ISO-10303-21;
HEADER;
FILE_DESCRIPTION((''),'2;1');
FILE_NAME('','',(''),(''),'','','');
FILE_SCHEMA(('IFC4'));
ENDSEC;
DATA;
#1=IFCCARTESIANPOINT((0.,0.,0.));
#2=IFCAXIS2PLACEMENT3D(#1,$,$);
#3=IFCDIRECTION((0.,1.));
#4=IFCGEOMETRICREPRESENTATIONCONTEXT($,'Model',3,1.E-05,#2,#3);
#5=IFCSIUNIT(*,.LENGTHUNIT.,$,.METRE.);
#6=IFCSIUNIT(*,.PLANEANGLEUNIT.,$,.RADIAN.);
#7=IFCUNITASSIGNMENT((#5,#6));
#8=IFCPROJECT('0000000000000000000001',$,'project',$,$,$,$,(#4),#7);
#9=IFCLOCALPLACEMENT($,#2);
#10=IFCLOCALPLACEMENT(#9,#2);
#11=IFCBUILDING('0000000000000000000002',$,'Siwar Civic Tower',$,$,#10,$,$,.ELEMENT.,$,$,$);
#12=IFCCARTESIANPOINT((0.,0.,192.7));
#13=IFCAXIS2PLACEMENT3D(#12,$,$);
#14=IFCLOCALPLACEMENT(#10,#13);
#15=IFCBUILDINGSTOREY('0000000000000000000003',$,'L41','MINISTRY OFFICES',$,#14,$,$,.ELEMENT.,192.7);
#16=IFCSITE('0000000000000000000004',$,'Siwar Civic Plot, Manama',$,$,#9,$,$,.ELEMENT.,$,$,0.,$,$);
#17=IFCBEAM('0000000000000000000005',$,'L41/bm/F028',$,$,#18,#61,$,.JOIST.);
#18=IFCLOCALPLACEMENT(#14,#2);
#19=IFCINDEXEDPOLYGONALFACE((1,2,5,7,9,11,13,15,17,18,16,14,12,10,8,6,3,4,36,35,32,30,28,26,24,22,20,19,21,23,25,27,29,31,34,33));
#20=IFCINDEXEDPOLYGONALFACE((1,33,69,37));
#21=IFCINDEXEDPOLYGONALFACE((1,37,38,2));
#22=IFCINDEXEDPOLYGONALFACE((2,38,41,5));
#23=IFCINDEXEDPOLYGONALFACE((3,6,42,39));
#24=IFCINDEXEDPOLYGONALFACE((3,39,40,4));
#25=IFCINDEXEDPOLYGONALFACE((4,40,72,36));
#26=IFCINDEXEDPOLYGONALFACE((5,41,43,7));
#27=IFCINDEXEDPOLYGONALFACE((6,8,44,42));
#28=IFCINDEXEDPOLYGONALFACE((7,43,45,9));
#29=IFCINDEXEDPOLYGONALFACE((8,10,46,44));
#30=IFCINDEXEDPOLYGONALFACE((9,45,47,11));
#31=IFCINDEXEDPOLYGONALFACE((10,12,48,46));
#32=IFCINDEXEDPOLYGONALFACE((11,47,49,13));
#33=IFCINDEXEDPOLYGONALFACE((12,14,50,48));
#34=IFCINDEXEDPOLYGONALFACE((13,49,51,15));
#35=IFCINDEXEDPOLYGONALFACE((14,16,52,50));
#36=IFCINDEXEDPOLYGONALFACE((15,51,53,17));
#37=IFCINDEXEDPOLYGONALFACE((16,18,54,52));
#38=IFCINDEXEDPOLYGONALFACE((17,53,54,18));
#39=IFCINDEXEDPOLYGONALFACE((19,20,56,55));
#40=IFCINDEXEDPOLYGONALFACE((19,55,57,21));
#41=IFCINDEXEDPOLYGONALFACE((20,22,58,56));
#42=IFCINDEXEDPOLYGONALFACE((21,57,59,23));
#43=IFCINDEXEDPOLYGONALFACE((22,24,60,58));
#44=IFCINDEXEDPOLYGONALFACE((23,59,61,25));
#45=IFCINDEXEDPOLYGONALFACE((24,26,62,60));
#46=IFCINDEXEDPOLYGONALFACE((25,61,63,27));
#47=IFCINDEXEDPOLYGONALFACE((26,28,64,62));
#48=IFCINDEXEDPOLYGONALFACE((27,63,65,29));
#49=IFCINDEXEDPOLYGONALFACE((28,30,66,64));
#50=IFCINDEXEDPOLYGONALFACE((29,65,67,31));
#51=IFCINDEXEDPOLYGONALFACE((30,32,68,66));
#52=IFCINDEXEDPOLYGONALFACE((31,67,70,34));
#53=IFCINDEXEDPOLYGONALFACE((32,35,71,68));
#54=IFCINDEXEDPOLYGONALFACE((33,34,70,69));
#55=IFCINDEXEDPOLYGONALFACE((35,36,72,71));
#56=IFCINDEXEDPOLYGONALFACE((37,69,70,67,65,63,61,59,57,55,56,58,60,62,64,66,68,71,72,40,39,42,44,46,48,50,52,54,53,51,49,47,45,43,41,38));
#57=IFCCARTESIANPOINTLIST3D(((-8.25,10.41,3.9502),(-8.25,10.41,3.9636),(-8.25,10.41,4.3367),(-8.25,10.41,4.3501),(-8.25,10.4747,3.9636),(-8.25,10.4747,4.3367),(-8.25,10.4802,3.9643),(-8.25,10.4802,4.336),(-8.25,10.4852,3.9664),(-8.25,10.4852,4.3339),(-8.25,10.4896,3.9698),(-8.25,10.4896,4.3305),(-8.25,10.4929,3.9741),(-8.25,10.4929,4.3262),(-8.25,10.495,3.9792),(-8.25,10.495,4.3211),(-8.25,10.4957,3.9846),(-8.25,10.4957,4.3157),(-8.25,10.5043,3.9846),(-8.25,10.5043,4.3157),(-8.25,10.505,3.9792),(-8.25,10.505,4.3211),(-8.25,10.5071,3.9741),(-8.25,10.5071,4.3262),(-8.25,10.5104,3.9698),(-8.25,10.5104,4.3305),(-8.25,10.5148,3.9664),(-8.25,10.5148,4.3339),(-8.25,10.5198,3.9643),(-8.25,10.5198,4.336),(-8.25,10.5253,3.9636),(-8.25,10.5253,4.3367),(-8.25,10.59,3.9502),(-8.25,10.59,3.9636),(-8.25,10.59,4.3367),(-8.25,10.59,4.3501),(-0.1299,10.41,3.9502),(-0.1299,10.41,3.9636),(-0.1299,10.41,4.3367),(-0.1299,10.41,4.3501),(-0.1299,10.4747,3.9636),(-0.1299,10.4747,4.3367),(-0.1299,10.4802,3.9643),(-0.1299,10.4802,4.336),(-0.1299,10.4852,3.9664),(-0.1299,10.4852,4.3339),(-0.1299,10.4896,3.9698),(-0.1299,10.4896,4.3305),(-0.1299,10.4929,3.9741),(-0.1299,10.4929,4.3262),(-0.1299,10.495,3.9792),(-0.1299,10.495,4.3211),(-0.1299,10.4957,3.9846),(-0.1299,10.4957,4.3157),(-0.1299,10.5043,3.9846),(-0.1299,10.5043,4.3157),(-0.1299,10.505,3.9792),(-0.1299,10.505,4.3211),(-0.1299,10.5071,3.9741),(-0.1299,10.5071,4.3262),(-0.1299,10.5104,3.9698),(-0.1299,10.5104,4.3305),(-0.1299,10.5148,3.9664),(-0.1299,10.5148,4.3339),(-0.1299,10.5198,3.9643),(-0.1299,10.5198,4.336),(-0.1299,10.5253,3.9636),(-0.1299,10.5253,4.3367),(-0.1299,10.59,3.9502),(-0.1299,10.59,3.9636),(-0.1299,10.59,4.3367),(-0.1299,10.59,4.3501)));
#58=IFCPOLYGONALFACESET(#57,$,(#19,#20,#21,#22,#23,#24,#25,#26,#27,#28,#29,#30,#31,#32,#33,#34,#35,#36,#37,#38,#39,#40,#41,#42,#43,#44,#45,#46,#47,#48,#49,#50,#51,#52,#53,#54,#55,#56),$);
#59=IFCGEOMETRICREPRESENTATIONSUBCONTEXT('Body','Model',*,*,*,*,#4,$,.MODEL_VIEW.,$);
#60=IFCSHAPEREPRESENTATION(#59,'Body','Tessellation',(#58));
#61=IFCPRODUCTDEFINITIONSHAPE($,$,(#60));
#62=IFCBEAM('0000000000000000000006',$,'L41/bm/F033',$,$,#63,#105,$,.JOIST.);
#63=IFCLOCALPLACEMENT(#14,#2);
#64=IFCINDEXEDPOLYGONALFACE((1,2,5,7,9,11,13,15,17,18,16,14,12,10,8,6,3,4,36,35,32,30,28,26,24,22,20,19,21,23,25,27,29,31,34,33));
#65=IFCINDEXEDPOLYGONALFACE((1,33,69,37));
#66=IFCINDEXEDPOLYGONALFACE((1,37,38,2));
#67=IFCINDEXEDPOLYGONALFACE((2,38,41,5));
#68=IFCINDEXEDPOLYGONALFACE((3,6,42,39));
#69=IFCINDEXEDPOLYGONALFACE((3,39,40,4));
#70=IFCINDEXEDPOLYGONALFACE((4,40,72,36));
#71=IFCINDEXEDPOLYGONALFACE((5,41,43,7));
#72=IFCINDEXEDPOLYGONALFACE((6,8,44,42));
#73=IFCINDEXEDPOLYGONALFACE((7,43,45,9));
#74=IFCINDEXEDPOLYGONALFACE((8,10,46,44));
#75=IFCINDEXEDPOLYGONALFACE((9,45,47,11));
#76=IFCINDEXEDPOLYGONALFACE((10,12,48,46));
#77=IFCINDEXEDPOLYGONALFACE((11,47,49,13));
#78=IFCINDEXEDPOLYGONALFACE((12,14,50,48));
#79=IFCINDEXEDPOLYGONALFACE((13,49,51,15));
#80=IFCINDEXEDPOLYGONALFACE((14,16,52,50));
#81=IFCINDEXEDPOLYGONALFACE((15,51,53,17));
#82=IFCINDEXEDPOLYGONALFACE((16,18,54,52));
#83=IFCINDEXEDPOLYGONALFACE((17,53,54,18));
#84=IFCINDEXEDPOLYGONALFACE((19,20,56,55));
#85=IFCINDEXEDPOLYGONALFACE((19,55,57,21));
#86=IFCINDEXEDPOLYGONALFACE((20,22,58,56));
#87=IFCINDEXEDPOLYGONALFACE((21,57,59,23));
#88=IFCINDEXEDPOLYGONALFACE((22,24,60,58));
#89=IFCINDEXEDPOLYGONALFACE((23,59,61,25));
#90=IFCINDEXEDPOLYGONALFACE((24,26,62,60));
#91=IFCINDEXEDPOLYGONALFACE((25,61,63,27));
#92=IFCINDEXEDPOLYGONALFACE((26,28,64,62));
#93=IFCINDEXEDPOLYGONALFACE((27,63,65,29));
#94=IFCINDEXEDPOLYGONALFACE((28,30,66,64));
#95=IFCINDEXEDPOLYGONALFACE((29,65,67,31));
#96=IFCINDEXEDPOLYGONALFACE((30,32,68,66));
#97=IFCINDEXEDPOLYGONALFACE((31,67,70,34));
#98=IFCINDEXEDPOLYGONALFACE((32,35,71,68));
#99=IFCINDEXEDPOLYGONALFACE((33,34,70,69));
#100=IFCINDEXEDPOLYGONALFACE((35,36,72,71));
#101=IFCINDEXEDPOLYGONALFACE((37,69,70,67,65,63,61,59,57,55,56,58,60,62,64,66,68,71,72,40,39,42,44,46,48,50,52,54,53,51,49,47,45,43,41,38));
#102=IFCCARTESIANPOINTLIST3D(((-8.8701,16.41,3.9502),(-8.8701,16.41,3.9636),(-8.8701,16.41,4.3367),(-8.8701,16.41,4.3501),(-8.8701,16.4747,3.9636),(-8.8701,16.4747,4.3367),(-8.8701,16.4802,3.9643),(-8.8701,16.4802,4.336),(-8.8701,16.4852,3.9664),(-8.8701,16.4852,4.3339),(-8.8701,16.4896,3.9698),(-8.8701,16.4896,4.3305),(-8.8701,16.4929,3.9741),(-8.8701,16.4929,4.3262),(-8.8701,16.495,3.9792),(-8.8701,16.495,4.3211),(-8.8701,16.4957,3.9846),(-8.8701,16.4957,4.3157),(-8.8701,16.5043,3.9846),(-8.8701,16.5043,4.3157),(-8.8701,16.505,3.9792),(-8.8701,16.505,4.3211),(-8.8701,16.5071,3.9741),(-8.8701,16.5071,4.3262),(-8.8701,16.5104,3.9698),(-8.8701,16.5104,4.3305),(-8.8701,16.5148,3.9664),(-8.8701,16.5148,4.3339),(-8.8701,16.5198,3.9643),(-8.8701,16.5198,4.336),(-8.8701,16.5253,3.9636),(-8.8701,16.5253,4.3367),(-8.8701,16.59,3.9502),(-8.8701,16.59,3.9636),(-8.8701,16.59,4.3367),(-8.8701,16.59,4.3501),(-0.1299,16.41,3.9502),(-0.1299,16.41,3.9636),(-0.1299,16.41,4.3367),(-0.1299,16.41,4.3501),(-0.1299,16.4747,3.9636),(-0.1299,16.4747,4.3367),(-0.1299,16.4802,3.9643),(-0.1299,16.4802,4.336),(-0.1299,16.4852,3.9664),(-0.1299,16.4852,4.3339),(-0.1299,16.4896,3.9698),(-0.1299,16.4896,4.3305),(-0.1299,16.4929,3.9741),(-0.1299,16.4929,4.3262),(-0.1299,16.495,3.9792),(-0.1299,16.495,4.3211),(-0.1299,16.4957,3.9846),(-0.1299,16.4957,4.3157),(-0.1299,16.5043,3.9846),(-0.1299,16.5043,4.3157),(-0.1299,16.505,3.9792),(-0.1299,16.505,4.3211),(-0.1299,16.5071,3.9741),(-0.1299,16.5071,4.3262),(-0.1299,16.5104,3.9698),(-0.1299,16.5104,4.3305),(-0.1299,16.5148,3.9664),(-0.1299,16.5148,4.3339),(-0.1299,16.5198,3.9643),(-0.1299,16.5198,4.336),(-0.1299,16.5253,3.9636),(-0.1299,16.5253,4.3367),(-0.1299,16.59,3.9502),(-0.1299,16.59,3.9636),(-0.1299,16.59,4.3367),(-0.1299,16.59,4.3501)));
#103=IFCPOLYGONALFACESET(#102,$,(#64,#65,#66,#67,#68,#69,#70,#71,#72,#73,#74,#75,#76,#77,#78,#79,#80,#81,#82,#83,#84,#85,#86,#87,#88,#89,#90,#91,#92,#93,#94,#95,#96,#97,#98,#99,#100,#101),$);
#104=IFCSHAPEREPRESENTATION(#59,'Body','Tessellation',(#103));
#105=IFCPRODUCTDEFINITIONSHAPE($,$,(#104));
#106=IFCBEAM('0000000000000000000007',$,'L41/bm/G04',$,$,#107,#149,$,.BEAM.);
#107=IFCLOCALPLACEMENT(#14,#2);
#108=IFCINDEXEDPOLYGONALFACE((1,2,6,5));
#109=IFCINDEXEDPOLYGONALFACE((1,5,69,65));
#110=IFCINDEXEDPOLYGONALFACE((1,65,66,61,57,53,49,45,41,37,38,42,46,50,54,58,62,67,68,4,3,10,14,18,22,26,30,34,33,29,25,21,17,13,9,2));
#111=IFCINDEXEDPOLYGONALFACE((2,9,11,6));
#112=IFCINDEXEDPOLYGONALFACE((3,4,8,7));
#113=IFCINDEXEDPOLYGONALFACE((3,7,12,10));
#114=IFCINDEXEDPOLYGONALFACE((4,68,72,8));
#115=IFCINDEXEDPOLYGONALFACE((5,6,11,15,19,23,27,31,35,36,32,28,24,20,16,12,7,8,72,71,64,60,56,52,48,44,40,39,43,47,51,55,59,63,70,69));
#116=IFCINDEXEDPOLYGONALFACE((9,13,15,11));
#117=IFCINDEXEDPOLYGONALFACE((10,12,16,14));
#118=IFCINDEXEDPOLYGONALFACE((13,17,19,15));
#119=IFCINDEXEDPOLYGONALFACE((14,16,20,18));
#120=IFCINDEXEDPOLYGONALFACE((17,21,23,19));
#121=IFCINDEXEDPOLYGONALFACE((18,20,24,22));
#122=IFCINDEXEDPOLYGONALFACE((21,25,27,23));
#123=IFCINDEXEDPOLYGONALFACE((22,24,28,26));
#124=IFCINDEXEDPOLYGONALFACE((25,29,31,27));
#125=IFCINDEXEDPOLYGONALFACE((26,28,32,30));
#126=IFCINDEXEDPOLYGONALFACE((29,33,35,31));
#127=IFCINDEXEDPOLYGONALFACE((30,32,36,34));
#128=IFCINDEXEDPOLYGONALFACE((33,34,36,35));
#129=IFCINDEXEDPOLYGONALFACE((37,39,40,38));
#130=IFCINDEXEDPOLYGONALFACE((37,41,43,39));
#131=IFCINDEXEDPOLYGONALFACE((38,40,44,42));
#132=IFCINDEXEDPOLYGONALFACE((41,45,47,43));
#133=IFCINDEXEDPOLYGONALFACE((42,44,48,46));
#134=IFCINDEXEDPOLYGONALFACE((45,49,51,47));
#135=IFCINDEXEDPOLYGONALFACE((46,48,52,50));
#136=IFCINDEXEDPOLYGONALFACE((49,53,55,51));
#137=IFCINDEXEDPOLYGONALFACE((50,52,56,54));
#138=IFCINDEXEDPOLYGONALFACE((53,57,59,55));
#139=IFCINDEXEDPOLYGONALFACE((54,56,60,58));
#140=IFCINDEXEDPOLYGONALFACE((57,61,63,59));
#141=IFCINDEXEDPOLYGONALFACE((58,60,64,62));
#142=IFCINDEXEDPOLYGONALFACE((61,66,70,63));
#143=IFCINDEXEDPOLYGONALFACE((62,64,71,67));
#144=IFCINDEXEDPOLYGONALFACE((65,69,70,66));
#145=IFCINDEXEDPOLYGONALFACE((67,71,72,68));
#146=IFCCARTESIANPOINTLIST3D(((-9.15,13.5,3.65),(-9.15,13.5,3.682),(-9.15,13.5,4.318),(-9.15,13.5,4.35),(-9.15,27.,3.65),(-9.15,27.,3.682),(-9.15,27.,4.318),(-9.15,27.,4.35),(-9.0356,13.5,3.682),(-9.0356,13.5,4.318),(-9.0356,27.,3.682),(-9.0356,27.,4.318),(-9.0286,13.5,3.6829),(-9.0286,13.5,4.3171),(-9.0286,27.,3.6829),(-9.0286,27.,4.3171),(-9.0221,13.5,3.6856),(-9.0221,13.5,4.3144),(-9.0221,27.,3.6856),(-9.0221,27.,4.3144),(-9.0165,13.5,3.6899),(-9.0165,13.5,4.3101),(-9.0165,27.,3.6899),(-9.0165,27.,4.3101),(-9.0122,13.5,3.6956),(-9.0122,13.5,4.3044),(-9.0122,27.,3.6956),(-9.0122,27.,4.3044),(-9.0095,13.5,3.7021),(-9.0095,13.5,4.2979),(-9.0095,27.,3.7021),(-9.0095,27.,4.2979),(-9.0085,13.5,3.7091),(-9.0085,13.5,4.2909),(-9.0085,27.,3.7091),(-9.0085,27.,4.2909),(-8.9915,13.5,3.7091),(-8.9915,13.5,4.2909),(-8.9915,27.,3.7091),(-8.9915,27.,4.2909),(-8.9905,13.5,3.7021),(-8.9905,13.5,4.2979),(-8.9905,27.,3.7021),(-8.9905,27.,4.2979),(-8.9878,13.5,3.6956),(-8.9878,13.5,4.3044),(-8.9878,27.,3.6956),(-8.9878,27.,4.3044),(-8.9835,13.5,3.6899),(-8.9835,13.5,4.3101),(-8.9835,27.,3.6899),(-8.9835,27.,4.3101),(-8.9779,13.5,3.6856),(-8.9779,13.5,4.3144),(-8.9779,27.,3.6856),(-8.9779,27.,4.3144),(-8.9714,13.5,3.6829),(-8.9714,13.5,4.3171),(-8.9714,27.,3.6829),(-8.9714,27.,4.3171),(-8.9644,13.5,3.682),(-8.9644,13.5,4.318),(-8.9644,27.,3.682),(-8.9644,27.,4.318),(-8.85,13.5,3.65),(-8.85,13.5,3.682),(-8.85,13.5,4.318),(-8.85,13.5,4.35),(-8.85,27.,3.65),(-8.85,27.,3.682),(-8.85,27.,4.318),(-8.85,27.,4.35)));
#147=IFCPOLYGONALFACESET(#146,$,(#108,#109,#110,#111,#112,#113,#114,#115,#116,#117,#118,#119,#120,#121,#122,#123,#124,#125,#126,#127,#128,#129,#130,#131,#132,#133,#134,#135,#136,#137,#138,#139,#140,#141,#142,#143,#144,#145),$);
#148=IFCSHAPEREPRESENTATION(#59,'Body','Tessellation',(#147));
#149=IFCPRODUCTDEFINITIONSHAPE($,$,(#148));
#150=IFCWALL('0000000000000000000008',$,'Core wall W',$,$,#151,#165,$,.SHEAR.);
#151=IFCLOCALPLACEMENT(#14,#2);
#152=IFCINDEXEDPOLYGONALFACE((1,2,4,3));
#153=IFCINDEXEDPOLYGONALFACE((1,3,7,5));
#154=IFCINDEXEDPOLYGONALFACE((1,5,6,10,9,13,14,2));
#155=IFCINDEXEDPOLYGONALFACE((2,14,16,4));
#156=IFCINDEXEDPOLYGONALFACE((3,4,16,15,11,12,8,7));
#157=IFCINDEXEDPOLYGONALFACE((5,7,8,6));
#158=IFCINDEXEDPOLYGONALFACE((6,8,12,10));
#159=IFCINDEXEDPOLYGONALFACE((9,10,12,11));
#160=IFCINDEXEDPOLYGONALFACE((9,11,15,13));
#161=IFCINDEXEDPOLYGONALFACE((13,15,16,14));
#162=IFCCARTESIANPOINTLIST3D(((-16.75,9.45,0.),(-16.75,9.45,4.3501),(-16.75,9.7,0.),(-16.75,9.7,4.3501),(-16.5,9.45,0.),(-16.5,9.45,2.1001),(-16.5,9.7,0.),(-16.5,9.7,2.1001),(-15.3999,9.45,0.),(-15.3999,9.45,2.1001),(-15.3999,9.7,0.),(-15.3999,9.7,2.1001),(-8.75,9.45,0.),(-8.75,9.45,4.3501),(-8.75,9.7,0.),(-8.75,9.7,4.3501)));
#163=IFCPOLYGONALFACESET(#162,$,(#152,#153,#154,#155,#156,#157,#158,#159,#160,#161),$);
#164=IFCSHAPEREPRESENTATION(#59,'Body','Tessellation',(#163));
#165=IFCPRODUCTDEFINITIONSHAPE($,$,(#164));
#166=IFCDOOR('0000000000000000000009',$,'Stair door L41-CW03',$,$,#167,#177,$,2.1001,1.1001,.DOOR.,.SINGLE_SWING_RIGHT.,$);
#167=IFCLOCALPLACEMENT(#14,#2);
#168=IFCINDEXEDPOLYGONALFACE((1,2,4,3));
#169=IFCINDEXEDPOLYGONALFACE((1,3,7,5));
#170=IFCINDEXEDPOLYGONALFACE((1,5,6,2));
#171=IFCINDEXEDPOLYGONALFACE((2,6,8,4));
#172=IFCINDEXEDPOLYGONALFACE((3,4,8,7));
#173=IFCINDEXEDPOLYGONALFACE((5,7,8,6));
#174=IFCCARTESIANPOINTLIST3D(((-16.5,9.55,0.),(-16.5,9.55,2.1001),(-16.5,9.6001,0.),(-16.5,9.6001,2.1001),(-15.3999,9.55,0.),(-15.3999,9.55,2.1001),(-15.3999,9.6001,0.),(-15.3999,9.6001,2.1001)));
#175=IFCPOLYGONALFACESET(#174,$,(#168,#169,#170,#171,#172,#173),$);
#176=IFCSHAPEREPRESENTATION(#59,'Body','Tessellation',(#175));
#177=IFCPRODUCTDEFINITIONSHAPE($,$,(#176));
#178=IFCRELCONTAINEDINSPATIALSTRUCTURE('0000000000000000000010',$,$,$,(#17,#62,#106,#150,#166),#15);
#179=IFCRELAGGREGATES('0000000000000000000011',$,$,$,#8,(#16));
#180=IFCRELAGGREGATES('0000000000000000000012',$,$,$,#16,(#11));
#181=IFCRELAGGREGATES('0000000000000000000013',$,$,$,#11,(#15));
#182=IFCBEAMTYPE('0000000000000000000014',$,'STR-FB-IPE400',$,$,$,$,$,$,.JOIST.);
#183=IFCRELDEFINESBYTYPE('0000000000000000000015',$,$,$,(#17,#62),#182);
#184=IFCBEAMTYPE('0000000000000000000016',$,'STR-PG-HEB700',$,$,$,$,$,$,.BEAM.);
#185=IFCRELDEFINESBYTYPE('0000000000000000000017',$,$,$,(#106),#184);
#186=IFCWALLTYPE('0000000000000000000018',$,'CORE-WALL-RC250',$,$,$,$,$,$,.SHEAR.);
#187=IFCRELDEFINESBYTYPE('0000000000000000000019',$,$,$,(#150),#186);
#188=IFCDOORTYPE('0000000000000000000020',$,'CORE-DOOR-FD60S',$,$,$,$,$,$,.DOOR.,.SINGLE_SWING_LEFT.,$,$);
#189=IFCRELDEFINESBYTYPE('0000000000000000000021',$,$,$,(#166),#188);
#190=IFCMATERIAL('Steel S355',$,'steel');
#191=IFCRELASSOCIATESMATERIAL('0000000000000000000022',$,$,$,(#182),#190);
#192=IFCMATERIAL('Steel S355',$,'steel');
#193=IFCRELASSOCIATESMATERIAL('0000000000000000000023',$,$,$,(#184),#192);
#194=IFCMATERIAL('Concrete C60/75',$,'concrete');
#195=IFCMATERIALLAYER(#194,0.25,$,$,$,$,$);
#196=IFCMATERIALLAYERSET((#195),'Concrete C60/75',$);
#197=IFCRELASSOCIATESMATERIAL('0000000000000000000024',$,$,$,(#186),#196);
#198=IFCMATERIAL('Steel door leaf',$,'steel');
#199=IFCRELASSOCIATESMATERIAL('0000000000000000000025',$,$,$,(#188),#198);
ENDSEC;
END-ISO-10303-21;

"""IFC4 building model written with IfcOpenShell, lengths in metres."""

from ifc_helpers import new_model, si_unit, direction, frame, frame_2d, origin, origin_2d, place, context, subcontext, project, spatial, rectangle, i_section, extrude, material, layer, layer_set, material_profile, profile_set, type_object, element, fill, save


model = new_model("IFC4")

# Units and contexts
model_context = context("Model", 3, precision=1e-05, world=origin(), true_north=direction((0.0, 1.0)))
body_context = subcontext(model_context, "Body", "Model", "MODEL_VIEW")
ifc_project = project(units=[si_unit("LENGTHUNIT", "METRE"), si_unit("PLANEANGLEUNIT", "RADIAN")], contexts=[model_context])

# Site, building, storey
site_placement = place(None, origin())
site = spatial("IfcSite", under=ifc_project, at=site_placement, Name="Siwar Civic Plot, Manama", CompositionType="ELEMENT", RefElevation=0.0)
building_placement = place(site_placement, origin())
building = spatial("IfcBuilding", under=site, at=building_placement, Name="Siwar Civic Tower", CompositionType="ELEMENT")
storey_placement = place(building_placement, frame((0.0, 0.0, 192.7)))
storey = spatial("IfcBuildingStorey", under=building, at=storey_placement, Name="L41", Description="MINISTRY OFFICES", CompositionType="ELEMENT", Elevation=192.7)

# Beams
ifc_material_1 = material(Name="Steel S355", Category="steel")
ifc_material_profile_1 = material_profile(ifc_material_1, i_section(OverallWidth=0.1799, OverallDepth=0.3999, WebThickness=0.0085, FlangeThickness=0.0134, FilletRadius=0.021, at=origin_2d()), Name="IPE400")
ifc_profile_set_1 = profile_set([ifc_material_profile_1], Name="Steel S355")
beam_type_1 = type_object("IfcBeamType", Name="STR-FB-IPE400", PredefinedType="JOIST", material=ifc_profile_set_1)
beam_1_placement = place(storey_placement, frame((-8.25, 10.5, 4.1501), z_axis=(1.0, 0.0, 0.0), x_axis=(0.0, 1.0, 0.0)))
element("IfcBeam", 1, at=beam_1_placement, inside=storey, type_object=beam_type_1, Name="L41/bm/F028", PredefinedType="JOIST", context=body_context, shape_type="SweptSolid", body=[
    extrude(i_section(OverallWidth=0.1799, OverallDepth=0.3999, WebThickness=0.0085, FlangeThickness=0.0134, FilletRadius=0.021, at=origin_2d()), origin(), (0.0, 0.0, 1.0), 8.1201),
])
beam_2_placement = place(storey_placement, frame((-8.8701, 16.5, 4.1501), z_axis=(1.0, 0.0, 0.0), x_axis=(0.0, 1.0, 0.0)))
element("IfcBeam", 2, at=beam_2_placement, inside=storey, type_object=beam_type_1, Name="L41/bm/F033", PredefinedType="JOIST", context=body_context, shape_type="SweptSolid", body=[
    extrude(i_section(OverallWidth=0.1799, OverallDepth=0.3999, WebThickness=0.0085, FlangeThickness=0.0134, FilletRadius=0.021, at=origin_2d()), origin(), (0.0, 0.0, 1.0), 8.7402),
])
ifc_material_2 = material(Name="Steel S355", Category="steel")
ifc_material_profile_2 = material_profile(ifc_material_2, i_section(OverallWidth=0.3, OverallDepth=0.7, WebThickness=0.0171, FlangeThickness=0.032, FilletRadius=0.0271, at=origin_2d()), Name="HEB700")
ifc_profile_set_2 = profile_set([ifc_material_profile_2], Name="Steel S355")
beam_type_2 = type_object("IfcBeamType", Name="STR-PG-HEB700", PredefinedType="BEAM", material=ifc_profile_set_2)
beam_3_placement = place(storey_placement, frame((-9.0, 13.5, 4.0), z_axis=(0.0, 1.0, 0.0), x_axis=(-1.0, 0.0, 0.0)))
element("IfcBeam", 3, at=beam_3_placement, inside=storey, type_object=beam_type_2, Name="L41/bm/G04", PredefinedType="BEAM", context=body_context, shape_type="SweptSolid", body=[
    extrude(i_section(OverallWidth=0.3, OverallDepth=0.7, WebThickness=0.0171, FlangeThickness=0.032, FilletRadius=0.0271, at=origin_2d()), origin(), (0.0, 0.0, 1.0), 13.5),
])

# Wall, opening, door
ifc_material_3 = material(Name="Concrete C60/75", Category="concrete")
ifc_layer_1 = layer(ifc_material_3, 0.25)
ifc_layer_set_1 = layer_set([ifc_layer_1], Name="Concrete C60/75")
wall_type_1 = type_object("IfcWallType", Name="CORE-WALL-RC250", PredefinedType="SHEAR", material=ifc_layer_set_1)
wall_1_placement = place(storey_placement, frame((-8.75, 9.575, 0.0), z_axis=(0.0, 0.0, 1.0), x_axis=(-1.0, 0.0, 0.0)))
wall_1 = element("IfcWall", 4, at=wall_1_placement, inside=storey, type_object=wall_type_1, Name="Core wall W", PredefinedType="SHEAR", context=body_context, shape_type="SweptSolid", body=[
    extrude(rectangle(XDim=8.0, YDim=0.25, at=frame_2d((4.0, 0.0))), origin(), (0.0, 0.0, 1.0), 4.3501),
])
opening_1_placement = place(wall_1_placement, frame((6.6499, 0.0, 0.0)))
opening_1 = element("IfcOpeningElement", 5, at=opening_1_placement, cuts=wall_1, PredefinedType="OPENING", context=body_context, shape_type="SweptSolid", body=[
    extrude(rectangle(XDim=1.1001, YDim=2.1001, at=frame_2d((0.55, 1.05))), frame((0.0, 0.135, 0.0), z_axis=(0.0, -1.0, 0.0), x_axis=(1.0, 0.0, 0.0)), (0.0, 0.0, 1.0), 0.27),
])
ifc_material_4 = material(Name="Steel door leaf", Category="steel")
door_type_1 = type_object("IfcDoorType", Name="CORE-DOOR-FD60S", OperationType="SINGLE_SWING_LEFT", PredefinedType="DOOR", material=ifc_material_4)
door_1_placement = place(opening_1_placement, origin())
door_1 = element("IfcDoor", 6, at=door_1_placement, inside=storey, type_object=door_type_1, Name="Stair door L41-CW03", OperationType="SINGLE_SWING_RIGHT", OverallHeight=2.1001, OverallWidth=1.1001, PredefinedType="DOOR", context=body_context, shape_type="SweptSolid", body=[
    extrude(rectangle(XDim=1.1001, YDim=2.1001, at=frame_2d((0.55, 1.05))), frame((0.0, 0.0249, 0.0), z_axis=(0.0, -1.0, 0.0), x_axis=(1.0, 0.0, 0.0)), (0.0, 0.0, 1.0), 0.05),
])
fill(opening_1, door_1)

save(model, "model.ifc")
